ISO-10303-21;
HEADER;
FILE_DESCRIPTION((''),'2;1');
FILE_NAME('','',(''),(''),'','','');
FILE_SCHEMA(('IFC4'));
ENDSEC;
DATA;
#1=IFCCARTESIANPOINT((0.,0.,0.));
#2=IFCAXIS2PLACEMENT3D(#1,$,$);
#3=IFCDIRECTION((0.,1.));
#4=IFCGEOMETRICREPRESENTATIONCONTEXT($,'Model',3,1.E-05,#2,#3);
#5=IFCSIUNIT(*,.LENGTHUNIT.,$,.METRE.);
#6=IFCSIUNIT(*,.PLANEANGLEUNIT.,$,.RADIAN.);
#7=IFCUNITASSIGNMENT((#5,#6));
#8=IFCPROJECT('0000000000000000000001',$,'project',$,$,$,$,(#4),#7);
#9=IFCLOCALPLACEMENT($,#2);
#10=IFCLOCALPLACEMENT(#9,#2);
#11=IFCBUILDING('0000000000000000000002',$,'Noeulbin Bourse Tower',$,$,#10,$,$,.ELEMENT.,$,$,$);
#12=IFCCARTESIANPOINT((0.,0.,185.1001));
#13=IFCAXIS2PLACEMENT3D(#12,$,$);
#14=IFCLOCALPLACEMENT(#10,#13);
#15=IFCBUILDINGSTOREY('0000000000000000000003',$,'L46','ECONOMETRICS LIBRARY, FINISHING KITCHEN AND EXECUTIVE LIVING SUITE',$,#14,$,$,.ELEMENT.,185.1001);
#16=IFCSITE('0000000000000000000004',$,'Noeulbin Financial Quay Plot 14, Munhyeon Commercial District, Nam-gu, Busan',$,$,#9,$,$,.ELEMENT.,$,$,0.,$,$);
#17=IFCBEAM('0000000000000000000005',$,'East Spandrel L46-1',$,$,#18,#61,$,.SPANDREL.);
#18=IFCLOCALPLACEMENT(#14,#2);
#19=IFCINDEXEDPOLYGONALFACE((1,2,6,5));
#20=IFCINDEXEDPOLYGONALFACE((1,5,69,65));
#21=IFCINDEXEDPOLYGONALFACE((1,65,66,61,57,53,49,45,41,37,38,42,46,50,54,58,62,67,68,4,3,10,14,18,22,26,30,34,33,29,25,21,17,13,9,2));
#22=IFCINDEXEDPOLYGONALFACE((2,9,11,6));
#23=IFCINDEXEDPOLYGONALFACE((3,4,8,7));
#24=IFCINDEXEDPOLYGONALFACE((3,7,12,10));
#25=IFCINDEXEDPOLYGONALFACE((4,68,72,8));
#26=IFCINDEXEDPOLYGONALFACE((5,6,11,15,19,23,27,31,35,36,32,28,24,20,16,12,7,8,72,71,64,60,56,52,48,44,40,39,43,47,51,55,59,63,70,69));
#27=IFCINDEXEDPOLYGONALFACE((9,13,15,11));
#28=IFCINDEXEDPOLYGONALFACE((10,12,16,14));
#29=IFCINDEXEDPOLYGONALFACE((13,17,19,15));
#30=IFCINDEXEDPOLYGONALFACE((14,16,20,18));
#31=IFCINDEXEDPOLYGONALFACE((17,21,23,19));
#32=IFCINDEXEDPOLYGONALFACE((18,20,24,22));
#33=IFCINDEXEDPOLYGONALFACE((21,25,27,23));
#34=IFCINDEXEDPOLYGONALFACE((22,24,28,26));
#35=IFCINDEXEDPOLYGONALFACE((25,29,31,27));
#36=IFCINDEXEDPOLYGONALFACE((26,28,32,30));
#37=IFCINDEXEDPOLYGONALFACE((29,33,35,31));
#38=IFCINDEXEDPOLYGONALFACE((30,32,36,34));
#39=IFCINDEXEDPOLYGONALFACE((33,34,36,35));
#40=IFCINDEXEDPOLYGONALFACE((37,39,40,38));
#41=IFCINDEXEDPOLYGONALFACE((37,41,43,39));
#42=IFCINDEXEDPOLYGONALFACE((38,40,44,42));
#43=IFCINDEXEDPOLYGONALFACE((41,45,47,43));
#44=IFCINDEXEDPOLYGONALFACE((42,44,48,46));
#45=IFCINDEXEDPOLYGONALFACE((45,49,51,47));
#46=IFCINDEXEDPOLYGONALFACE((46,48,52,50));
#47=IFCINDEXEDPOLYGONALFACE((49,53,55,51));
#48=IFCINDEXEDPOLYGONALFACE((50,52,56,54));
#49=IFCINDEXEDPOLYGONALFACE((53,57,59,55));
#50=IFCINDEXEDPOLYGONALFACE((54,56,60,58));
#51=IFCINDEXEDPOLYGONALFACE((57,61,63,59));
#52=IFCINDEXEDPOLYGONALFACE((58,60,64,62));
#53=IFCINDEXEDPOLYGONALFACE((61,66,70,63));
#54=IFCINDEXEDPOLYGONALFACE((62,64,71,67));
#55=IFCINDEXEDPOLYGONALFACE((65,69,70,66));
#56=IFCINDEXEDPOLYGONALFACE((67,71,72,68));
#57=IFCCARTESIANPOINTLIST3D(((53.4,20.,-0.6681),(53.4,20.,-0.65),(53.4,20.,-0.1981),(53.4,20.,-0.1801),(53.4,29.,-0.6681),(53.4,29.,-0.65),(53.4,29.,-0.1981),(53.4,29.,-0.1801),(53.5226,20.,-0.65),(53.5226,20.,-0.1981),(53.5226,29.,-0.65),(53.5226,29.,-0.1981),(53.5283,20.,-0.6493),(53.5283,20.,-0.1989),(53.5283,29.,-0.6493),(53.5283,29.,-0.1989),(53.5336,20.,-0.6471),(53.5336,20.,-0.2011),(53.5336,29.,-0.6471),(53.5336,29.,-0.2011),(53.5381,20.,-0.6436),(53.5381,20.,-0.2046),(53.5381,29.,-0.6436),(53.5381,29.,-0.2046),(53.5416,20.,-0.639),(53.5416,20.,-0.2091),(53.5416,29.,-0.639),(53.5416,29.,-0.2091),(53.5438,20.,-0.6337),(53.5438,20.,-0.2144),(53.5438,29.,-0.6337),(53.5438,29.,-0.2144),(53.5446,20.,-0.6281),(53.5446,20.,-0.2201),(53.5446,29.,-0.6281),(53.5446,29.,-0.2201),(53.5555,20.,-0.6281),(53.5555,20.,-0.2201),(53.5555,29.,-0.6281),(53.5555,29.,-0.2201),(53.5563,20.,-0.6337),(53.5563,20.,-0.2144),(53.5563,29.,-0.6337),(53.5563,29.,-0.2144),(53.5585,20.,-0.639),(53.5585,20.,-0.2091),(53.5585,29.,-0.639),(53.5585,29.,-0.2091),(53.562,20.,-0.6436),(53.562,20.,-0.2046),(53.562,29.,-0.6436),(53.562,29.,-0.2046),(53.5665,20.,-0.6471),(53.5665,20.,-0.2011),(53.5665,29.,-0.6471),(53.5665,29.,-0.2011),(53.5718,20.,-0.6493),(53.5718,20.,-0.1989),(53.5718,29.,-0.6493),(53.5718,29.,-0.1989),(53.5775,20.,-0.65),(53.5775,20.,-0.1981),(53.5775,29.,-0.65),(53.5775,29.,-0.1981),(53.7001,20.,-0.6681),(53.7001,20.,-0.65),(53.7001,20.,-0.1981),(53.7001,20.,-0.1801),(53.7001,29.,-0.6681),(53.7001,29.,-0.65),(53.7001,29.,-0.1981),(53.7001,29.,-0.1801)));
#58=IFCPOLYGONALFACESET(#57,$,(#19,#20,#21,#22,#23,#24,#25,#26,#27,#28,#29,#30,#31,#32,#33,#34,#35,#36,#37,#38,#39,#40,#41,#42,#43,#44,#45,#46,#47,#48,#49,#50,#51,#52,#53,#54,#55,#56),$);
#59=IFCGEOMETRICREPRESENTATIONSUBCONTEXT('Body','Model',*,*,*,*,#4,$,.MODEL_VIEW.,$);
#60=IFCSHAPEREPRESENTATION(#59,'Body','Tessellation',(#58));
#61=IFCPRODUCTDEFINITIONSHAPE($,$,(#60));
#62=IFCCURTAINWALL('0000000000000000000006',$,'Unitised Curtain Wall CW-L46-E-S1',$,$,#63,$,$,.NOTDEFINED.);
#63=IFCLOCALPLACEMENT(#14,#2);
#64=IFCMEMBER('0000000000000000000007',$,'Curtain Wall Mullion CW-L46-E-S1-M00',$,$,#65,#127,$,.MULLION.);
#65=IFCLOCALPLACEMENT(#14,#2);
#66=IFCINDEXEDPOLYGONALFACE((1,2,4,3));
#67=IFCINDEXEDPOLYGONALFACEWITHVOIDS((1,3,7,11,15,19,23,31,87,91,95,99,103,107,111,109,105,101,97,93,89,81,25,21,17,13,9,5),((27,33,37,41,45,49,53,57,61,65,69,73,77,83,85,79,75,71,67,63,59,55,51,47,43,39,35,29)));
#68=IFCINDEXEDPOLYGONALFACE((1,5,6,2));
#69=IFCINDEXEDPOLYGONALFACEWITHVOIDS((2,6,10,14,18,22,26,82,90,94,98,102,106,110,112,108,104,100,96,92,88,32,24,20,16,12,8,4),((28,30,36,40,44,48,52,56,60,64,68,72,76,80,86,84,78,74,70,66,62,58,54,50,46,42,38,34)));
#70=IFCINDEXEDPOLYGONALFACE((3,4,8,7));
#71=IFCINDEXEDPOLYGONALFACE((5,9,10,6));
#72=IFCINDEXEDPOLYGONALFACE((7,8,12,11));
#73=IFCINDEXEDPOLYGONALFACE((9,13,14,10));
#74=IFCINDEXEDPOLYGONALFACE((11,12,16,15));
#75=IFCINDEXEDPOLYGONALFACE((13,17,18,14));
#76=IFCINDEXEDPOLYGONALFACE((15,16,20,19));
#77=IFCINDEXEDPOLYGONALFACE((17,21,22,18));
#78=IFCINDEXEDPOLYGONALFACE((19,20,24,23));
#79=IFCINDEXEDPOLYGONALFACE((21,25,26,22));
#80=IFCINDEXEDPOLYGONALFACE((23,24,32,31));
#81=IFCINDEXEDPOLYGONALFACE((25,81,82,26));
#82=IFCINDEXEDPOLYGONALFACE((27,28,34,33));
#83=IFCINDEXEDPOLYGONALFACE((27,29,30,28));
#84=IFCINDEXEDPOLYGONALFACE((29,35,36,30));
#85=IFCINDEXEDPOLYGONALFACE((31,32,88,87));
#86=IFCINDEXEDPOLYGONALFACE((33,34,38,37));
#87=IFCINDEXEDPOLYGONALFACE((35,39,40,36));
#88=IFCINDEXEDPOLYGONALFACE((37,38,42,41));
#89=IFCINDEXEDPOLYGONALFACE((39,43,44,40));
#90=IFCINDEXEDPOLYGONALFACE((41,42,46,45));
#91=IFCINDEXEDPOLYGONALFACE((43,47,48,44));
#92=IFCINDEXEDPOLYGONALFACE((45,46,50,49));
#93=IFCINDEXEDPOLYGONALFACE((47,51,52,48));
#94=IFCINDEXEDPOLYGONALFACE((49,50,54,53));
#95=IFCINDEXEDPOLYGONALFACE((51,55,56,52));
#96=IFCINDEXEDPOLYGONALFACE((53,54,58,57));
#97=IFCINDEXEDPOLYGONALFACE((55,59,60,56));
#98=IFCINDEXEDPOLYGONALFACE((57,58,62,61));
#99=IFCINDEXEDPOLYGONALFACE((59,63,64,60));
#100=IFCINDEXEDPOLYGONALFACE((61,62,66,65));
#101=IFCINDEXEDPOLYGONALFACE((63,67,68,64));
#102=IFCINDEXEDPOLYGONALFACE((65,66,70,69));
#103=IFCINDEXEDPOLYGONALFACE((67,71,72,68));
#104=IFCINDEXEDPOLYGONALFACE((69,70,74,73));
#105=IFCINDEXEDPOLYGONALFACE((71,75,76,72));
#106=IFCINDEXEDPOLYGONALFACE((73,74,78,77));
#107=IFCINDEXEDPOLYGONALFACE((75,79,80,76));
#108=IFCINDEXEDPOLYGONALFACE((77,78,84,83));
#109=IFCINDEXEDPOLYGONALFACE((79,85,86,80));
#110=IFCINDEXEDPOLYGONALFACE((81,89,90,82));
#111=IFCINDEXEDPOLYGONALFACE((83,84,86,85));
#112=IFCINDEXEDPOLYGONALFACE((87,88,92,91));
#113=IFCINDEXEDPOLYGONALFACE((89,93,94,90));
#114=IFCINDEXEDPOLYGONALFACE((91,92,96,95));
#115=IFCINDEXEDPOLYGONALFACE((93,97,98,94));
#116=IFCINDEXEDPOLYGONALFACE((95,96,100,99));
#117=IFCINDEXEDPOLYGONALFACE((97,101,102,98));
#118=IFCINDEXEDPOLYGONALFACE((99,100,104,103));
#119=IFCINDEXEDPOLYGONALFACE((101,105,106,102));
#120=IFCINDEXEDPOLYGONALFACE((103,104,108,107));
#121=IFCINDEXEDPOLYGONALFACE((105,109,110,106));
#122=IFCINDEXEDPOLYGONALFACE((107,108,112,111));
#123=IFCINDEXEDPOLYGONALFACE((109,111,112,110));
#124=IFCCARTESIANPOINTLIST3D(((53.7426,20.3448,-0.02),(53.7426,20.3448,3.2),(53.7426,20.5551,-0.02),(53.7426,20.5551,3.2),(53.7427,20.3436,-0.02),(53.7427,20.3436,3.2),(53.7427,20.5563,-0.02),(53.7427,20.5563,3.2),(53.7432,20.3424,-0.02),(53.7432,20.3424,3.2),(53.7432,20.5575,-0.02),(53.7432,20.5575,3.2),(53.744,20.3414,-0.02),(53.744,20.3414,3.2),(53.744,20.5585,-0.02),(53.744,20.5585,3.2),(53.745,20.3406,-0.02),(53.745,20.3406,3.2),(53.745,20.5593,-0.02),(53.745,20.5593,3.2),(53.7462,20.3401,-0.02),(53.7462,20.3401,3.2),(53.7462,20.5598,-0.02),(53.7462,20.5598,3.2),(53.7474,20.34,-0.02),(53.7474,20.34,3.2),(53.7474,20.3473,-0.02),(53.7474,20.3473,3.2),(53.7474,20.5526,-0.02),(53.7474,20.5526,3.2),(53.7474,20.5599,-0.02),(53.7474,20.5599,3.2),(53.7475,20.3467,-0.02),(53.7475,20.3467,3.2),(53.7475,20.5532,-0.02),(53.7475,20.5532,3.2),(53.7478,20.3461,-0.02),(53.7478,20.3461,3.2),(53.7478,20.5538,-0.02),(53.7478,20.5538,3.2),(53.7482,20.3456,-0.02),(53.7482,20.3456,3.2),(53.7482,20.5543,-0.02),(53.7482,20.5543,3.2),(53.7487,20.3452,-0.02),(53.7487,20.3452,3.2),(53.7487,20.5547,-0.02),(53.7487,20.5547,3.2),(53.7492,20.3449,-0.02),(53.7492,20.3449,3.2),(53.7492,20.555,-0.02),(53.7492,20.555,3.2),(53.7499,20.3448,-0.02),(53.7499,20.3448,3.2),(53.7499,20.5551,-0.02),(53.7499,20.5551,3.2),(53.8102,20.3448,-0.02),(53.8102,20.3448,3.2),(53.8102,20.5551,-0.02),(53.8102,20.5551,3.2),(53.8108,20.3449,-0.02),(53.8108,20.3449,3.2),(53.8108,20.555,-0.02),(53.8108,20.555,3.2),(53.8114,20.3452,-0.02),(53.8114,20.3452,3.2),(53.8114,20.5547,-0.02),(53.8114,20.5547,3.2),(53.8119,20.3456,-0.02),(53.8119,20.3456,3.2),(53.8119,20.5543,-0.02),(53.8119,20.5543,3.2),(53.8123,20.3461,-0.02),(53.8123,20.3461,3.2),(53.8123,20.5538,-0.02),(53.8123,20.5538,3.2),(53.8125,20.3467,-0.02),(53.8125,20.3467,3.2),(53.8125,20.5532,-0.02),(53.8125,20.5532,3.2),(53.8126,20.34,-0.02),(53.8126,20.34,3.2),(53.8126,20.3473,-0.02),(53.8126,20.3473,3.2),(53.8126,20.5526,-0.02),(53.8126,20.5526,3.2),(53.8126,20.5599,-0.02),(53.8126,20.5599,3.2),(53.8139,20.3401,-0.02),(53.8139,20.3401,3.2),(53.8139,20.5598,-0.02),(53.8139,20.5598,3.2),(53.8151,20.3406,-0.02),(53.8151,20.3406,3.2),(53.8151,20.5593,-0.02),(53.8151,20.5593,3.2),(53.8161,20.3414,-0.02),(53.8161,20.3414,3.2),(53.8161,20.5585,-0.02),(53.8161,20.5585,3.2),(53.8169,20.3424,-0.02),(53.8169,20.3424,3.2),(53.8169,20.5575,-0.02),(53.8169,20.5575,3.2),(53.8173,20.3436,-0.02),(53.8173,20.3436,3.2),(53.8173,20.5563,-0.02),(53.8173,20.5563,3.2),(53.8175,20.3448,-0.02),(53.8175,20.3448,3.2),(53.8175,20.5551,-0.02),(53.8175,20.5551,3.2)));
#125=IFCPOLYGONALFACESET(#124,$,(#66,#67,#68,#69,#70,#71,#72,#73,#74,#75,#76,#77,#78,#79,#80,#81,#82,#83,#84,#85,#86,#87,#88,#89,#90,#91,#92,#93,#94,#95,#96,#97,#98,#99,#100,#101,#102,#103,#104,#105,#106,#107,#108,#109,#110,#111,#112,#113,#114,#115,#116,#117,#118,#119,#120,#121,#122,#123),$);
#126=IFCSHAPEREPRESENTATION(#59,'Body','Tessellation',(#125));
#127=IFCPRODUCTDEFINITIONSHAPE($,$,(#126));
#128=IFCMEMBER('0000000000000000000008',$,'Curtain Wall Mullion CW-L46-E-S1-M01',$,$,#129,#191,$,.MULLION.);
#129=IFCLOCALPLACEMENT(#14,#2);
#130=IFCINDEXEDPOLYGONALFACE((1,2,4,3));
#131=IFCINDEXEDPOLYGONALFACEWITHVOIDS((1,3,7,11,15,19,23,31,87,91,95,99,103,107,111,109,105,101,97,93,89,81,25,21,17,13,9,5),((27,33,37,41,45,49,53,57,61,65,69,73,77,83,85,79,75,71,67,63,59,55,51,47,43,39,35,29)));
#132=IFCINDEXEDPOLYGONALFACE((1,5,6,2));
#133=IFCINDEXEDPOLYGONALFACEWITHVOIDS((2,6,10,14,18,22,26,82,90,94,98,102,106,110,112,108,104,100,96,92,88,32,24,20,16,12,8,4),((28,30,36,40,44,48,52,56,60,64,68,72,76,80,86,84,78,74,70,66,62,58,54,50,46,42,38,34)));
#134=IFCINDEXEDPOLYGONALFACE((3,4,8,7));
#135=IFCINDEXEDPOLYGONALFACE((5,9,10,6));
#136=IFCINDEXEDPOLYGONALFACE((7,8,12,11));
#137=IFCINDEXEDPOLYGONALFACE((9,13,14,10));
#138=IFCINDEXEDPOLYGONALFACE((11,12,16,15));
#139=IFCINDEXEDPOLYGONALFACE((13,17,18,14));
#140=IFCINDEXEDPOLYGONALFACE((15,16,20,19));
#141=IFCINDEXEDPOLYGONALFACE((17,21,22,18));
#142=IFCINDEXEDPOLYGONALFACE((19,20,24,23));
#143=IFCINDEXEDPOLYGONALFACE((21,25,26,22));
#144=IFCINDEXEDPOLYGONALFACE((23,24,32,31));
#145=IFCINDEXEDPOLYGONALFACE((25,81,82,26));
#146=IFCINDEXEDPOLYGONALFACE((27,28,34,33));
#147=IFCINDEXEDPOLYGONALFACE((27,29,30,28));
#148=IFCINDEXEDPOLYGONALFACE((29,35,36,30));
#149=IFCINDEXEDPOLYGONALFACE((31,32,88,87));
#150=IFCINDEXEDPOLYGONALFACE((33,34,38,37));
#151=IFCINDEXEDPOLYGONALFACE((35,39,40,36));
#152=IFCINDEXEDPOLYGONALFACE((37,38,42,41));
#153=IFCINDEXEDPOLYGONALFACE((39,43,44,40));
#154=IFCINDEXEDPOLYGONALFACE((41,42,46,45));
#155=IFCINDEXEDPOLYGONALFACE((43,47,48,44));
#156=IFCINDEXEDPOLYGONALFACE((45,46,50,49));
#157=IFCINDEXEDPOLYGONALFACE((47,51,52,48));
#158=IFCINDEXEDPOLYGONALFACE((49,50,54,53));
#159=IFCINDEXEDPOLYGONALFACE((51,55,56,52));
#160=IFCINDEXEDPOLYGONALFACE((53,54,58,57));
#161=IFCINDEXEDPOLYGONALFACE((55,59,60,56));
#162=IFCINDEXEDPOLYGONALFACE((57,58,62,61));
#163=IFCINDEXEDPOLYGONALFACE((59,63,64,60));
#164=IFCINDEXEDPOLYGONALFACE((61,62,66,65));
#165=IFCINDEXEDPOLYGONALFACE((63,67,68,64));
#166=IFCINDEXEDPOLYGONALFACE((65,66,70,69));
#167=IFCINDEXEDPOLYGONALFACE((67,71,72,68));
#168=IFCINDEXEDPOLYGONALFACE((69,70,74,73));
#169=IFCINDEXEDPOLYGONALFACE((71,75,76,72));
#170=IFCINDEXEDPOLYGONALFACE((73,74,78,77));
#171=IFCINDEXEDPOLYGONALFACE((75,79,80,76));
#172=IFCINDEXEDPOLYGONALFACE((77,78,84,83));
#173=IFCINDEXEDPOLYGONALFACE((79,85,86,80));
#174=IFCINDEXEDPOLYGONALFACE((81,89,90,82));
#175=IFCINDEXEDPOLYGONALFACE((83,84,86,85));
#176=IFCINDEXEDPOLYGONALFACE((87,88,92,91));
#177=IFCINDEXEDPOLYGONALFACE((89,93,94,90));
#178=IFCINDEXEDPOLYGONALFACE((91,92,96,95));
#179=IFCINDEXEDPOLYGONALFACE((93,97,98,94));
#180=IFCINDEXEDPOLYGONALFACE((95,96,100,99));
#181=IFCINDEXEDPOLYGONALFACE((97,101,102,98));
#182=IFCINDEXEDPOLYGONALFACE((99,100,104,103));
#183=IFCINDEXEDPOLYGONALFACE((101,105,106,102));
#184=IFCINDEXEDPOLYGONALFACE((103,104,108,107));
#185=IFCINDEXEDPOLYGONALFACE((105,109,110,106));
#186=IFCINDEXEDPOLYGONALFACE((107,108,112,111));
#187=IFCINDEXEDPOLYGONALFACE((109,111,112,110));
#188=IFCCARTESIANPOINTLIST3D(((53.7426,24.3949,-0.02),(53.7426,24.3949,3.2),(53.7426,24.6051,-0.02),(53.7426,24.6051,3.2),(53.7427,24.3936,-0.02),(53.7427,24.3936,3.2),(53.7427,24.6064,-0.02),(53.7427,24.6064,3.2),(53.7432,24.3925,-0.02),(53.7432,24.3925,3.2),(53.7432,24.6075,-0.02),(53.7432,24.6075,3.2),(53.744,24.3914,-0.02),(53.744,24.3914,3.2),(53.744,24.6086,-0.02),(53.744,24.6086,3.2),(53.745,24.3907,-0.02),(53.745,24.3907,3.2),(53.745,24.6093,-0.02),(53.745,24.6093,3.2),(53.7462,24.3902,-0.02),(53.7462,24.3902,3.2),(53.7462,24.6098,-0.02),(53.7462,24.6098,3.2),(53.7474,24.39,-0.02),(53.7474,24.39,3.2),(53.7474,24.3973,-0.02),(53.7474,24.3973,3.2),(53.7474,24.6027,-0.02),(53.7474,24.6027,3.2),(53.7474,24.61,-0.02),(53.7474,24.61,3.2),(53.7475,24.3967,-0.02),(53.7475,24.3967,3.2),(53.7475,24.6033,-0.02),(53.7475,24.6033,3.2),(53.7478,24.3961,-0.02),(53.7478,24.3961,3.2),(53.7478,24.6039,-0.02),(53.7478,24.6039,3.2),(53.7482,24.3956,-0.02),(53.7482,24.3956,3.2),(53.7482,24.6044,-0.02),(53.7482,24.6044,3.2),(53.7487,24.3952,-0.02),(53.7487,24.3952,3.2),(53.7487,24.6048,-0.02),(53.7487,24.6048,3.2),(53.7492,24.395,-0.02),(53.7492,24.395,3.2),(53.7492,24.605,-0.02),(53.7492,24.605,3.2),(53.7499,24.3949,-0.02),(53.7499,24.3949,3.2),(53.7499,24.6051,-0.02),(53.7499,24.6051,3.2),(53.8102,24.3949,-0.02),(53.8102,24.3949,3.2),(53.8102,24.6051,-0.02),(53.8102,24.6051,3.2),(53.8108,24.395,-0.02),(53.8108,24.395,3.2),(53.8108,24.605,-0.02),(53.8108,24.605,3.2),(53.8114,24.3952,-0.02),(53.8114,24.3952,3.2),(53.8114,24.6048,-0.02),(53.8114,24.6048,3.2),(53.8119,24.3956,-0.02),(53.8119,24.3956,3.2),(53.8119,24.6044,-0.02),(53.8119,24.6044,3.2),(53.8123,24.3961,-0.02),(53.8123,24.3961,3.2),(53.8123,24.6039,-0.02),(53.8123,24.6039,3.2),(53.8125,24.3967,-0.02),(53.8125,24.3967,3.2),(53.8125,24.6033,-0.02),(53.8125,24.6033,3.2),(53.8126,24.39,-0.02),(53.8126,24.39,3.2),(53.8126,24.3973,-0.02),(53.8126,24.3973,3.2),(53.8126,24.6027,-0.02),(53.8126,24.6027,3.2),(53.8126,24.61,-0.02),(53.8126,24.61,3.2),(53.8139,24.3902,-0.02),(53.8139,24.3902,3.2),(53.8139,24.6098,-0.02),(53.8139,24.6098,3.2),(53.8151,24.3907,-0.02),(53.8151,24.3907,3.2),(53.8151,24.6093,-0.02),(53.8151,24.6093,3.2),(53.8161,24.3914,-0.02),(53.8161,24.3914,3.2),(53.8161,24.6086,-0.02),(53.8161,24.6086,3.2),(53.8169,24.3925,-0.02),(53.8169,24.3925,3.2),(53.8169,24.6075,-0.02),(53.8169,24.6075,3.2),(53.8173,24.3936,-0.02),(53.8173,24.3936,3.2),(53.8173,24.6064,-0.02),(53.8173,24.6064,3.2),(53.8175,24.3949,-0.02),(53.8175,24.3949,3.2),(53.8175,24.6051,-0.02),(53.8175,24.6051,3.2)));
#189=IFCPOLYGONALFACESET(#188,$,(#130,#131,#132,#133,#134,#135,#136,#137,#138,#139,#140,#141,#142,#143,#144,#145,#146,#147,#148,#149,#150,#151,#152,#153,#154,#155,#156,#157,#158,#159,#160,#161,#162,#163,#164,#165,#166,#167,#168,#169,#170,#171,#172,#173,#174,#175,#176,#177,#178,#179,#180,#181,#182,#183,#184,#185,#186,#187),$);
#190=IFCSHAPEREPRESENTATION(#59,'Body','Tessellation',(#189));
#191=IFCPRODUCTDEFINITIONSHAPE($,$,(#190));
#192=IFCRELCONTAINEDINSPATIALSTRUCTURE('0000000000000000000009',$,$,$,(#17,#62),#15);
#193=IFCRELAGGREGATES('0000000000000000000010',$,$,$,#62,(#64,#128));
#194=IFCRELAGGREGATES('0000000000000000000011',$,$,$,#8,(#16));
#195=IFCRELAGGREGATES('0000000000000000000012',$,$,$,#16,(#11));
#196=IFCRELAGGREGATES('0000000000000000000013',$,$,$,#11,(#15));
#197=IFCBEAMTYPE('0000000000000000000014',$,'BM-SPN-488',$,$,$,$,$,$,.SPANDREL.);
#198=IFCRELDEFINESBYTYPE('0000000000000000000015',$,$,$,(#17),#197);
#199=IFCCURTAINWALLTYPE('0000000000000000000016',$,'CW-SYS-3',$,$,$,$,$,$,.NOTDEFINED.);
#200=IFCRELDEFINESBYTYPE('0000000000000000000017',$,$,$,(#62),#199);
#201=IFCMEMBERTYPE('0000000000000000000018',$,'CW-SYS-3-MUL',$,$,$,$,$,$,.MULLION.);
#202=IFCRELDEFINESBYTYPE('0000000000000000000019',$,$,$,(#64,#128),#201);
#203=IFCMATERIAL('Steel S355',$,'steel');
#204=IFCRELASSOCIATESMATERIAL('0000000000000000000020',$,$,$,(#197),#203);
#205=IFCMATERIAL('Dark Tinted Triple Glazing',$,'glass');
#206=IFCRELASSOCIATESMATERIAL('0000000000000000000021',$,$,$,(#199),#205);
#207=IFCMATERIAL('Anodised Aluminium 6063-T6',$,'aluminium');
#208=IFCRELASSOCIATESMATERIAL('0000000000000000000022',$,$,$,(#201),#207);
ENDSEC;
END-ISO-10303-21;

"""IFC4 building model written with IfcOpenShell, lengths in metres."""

from ifc_helpers import new_model, si_unit, direction, frame, origin, origin_2d, place, context, subcontext, project, spatial, hollow_rectangle, i_section, extrude, material, material_profile, profile_set, type_object, element, aggregate, save


model = new_model("IFC4")

# Units and contexts
model_context = context("Model", 3, precision=1e-05, world=origin(), true_north=direction((0.0, 1.0)))
body_context = subcontext(model_context, "Body", "Model", "MODEL_VIEW")
ifc_project = project(units=[si_unit("LENGTHUNIT", "METRE"), si_unit("PLANEANGLEUNIT", "RADIAN")], contexts=[model_context])

# Site, building, storey
site_placement = place(None, origin())
site = spatial("IfcSite", under=ifc_project, at=site_placement, Name="Noeulbin Financial Quay Plot 14, Munhyeon Commercial District, Nam-gu, Busan", CompositionType="ELEMENT", RefElevation=0.0)
building_placement = place(site_placement, origin())
building = spatial("IfcBuilding", under=site, at=building_placement, Name="Noeulbin Bourse Tower", CompositionType="ELEMENT")
storey_placement = place(building_placement, frame((0.0, 0.0, 185.1001)))
storey = spatial("IfcBuildingStorey", under=building, at=storey_placement, Name="L46", Description="ECONOMETRICS LIBRARY, FINISHING KITCHEN AND EXECUTIVE LIVING SUITE", CompositionType="ELEMENT", Elevation=185.1001)

# Shared definitions
ifc_material_1 = material(Name="Steel S355", Category="steel")

# Beam
ifc_material_profile_1 = material_profile(ifc_material_1, i_section(OverallWidth=0.3, OverallDepth=0.488, WebThickness=0.011, FlangeThickness=0.0181, FilletRadius=0.022, at=origin_2d()), Name="H-488x300x11x18", Category="LoadBearing")
ifc_profile_set_1 = profile_set([ifc_material_profile_1], Name="Steel S355")
beam_type_1 = type_object("IfcBeamType", Name="BM-SPN-488", PredefinedType="SPANDREL", material=ifc_profile_set_1)
beam_1_placement = place(storey_placement, frame((53.55, 20.0, -0.4241), z_axis=(0.0, 1.0, 0.0), x_axis=(-1.0, 0.0, 0.0)))
element("IfcBeam", 1, at=beam_1_placement, inside=storey, type_object=beam_type_1, Name="East Spandrel L46-1", PredefinedType="SPANDREL", context=body_context, shape_type="SweptSolid", body=[
    extrude(i_section(OverallWidth=0.3, OverallDepth=0.488, WebThickness=0.011, FlangeThickness=0.0181, FilletRadius=0.022, at=origin_2d()), origin(), (0.0, 0.0, 1.0), 9.0),
])

# Curtain wall, members
ifc_material_2 = material(Name="Dark Tinted Triple Glazing", Category="glass")
curtain_wall_type = type_object("IfcCurtainWallType", Name="CW-SYS-3", PredefinedType="NOTDEFINED", material=ifc_material_2)
curtain_wall_placement = place(storey_placement, origin())
curtain_wall = element("IfcCurtainWall", 2, at=curtain_wall_placement, inside=storey, type_object=curtain_wall_type, Name="Unitised Curtain Wall CW-L46-E-S1", PredefinedType="NOTDEFINED")
ifc_material_3 = material(Name="Anodised Aluminium 6063-T6", Category="aluminium")
ifc_material_profile_2 = material_profile(ifc_material_3, hollow_rectangle(XDim=0.075, YDim=0.22, WallThickness=0.0049, InnerFilletRadius=0.0024, OuterFilletRadius=0.0049, at=origin_2d()), Name="ALU-MULL-75x220x5", Category="LoadBearing")
ifc_profile_set_2 = profile_set([ifc_material_profile_2], Name="Anodised Aluminium 6063-T6")
member_type_1 = type_object("IfcMemberType", Name="CW-SYS-3-MUL", PredefinedType="MULLION", material=ifc_profile_set_2)
member_1_placement = place(storey_placement, frame((53.78, 20.45, -0.02), z_axis=(0.0, 0.0, 1.0), x_axis=(1.0, 0.0, 0.0)))
member_1 = element("IfcMember", 3, at=member_1_placement, type_object=member_type_1, Name="Curtain Wall Mullion CW-L46-E-S1-M00", PredefinedType="MULLION", context=body_context, shape_type="SweptSolid", body=[
    extrude(hollow_rectangle(XDim=0.075, YDim=0.22, WallThickness=0.0049, InnerFilletRadius=0.0024, OuterFilletRadius=0.0049, at=origin_2d()), origin(), (0.0, 0.0, 1.0), 3.22),
])
member_2_placement = place(storey_placement, frame((53.78, 24.5, -0.02), z_axis=(0.0, 0.0, 1.0), x_axis=(1.0, 0.0, 0.0)))
member_2 = element("IfcMember", 4, at=member_2_placement, type_object=member_type_1, Name="Curtain Wall Mullion CW-L46-E-S1-M01", PredefinedType="MULLION", context=body_context, shape_type="SweptSolid", body=[
    extrude(hollow_rectangle(XDim=0.075, YDim=0.22, WallThickness=0.0049, InnerFilletRadius=0.0024, OuterFilletRadius=0.0049, at=origin_2d()), origin(), (0.0, 0.0, 1.0), 3.22),
])
aggregate(curtain_wall, [member_1, member_2])

save(model, "model.ifc")
